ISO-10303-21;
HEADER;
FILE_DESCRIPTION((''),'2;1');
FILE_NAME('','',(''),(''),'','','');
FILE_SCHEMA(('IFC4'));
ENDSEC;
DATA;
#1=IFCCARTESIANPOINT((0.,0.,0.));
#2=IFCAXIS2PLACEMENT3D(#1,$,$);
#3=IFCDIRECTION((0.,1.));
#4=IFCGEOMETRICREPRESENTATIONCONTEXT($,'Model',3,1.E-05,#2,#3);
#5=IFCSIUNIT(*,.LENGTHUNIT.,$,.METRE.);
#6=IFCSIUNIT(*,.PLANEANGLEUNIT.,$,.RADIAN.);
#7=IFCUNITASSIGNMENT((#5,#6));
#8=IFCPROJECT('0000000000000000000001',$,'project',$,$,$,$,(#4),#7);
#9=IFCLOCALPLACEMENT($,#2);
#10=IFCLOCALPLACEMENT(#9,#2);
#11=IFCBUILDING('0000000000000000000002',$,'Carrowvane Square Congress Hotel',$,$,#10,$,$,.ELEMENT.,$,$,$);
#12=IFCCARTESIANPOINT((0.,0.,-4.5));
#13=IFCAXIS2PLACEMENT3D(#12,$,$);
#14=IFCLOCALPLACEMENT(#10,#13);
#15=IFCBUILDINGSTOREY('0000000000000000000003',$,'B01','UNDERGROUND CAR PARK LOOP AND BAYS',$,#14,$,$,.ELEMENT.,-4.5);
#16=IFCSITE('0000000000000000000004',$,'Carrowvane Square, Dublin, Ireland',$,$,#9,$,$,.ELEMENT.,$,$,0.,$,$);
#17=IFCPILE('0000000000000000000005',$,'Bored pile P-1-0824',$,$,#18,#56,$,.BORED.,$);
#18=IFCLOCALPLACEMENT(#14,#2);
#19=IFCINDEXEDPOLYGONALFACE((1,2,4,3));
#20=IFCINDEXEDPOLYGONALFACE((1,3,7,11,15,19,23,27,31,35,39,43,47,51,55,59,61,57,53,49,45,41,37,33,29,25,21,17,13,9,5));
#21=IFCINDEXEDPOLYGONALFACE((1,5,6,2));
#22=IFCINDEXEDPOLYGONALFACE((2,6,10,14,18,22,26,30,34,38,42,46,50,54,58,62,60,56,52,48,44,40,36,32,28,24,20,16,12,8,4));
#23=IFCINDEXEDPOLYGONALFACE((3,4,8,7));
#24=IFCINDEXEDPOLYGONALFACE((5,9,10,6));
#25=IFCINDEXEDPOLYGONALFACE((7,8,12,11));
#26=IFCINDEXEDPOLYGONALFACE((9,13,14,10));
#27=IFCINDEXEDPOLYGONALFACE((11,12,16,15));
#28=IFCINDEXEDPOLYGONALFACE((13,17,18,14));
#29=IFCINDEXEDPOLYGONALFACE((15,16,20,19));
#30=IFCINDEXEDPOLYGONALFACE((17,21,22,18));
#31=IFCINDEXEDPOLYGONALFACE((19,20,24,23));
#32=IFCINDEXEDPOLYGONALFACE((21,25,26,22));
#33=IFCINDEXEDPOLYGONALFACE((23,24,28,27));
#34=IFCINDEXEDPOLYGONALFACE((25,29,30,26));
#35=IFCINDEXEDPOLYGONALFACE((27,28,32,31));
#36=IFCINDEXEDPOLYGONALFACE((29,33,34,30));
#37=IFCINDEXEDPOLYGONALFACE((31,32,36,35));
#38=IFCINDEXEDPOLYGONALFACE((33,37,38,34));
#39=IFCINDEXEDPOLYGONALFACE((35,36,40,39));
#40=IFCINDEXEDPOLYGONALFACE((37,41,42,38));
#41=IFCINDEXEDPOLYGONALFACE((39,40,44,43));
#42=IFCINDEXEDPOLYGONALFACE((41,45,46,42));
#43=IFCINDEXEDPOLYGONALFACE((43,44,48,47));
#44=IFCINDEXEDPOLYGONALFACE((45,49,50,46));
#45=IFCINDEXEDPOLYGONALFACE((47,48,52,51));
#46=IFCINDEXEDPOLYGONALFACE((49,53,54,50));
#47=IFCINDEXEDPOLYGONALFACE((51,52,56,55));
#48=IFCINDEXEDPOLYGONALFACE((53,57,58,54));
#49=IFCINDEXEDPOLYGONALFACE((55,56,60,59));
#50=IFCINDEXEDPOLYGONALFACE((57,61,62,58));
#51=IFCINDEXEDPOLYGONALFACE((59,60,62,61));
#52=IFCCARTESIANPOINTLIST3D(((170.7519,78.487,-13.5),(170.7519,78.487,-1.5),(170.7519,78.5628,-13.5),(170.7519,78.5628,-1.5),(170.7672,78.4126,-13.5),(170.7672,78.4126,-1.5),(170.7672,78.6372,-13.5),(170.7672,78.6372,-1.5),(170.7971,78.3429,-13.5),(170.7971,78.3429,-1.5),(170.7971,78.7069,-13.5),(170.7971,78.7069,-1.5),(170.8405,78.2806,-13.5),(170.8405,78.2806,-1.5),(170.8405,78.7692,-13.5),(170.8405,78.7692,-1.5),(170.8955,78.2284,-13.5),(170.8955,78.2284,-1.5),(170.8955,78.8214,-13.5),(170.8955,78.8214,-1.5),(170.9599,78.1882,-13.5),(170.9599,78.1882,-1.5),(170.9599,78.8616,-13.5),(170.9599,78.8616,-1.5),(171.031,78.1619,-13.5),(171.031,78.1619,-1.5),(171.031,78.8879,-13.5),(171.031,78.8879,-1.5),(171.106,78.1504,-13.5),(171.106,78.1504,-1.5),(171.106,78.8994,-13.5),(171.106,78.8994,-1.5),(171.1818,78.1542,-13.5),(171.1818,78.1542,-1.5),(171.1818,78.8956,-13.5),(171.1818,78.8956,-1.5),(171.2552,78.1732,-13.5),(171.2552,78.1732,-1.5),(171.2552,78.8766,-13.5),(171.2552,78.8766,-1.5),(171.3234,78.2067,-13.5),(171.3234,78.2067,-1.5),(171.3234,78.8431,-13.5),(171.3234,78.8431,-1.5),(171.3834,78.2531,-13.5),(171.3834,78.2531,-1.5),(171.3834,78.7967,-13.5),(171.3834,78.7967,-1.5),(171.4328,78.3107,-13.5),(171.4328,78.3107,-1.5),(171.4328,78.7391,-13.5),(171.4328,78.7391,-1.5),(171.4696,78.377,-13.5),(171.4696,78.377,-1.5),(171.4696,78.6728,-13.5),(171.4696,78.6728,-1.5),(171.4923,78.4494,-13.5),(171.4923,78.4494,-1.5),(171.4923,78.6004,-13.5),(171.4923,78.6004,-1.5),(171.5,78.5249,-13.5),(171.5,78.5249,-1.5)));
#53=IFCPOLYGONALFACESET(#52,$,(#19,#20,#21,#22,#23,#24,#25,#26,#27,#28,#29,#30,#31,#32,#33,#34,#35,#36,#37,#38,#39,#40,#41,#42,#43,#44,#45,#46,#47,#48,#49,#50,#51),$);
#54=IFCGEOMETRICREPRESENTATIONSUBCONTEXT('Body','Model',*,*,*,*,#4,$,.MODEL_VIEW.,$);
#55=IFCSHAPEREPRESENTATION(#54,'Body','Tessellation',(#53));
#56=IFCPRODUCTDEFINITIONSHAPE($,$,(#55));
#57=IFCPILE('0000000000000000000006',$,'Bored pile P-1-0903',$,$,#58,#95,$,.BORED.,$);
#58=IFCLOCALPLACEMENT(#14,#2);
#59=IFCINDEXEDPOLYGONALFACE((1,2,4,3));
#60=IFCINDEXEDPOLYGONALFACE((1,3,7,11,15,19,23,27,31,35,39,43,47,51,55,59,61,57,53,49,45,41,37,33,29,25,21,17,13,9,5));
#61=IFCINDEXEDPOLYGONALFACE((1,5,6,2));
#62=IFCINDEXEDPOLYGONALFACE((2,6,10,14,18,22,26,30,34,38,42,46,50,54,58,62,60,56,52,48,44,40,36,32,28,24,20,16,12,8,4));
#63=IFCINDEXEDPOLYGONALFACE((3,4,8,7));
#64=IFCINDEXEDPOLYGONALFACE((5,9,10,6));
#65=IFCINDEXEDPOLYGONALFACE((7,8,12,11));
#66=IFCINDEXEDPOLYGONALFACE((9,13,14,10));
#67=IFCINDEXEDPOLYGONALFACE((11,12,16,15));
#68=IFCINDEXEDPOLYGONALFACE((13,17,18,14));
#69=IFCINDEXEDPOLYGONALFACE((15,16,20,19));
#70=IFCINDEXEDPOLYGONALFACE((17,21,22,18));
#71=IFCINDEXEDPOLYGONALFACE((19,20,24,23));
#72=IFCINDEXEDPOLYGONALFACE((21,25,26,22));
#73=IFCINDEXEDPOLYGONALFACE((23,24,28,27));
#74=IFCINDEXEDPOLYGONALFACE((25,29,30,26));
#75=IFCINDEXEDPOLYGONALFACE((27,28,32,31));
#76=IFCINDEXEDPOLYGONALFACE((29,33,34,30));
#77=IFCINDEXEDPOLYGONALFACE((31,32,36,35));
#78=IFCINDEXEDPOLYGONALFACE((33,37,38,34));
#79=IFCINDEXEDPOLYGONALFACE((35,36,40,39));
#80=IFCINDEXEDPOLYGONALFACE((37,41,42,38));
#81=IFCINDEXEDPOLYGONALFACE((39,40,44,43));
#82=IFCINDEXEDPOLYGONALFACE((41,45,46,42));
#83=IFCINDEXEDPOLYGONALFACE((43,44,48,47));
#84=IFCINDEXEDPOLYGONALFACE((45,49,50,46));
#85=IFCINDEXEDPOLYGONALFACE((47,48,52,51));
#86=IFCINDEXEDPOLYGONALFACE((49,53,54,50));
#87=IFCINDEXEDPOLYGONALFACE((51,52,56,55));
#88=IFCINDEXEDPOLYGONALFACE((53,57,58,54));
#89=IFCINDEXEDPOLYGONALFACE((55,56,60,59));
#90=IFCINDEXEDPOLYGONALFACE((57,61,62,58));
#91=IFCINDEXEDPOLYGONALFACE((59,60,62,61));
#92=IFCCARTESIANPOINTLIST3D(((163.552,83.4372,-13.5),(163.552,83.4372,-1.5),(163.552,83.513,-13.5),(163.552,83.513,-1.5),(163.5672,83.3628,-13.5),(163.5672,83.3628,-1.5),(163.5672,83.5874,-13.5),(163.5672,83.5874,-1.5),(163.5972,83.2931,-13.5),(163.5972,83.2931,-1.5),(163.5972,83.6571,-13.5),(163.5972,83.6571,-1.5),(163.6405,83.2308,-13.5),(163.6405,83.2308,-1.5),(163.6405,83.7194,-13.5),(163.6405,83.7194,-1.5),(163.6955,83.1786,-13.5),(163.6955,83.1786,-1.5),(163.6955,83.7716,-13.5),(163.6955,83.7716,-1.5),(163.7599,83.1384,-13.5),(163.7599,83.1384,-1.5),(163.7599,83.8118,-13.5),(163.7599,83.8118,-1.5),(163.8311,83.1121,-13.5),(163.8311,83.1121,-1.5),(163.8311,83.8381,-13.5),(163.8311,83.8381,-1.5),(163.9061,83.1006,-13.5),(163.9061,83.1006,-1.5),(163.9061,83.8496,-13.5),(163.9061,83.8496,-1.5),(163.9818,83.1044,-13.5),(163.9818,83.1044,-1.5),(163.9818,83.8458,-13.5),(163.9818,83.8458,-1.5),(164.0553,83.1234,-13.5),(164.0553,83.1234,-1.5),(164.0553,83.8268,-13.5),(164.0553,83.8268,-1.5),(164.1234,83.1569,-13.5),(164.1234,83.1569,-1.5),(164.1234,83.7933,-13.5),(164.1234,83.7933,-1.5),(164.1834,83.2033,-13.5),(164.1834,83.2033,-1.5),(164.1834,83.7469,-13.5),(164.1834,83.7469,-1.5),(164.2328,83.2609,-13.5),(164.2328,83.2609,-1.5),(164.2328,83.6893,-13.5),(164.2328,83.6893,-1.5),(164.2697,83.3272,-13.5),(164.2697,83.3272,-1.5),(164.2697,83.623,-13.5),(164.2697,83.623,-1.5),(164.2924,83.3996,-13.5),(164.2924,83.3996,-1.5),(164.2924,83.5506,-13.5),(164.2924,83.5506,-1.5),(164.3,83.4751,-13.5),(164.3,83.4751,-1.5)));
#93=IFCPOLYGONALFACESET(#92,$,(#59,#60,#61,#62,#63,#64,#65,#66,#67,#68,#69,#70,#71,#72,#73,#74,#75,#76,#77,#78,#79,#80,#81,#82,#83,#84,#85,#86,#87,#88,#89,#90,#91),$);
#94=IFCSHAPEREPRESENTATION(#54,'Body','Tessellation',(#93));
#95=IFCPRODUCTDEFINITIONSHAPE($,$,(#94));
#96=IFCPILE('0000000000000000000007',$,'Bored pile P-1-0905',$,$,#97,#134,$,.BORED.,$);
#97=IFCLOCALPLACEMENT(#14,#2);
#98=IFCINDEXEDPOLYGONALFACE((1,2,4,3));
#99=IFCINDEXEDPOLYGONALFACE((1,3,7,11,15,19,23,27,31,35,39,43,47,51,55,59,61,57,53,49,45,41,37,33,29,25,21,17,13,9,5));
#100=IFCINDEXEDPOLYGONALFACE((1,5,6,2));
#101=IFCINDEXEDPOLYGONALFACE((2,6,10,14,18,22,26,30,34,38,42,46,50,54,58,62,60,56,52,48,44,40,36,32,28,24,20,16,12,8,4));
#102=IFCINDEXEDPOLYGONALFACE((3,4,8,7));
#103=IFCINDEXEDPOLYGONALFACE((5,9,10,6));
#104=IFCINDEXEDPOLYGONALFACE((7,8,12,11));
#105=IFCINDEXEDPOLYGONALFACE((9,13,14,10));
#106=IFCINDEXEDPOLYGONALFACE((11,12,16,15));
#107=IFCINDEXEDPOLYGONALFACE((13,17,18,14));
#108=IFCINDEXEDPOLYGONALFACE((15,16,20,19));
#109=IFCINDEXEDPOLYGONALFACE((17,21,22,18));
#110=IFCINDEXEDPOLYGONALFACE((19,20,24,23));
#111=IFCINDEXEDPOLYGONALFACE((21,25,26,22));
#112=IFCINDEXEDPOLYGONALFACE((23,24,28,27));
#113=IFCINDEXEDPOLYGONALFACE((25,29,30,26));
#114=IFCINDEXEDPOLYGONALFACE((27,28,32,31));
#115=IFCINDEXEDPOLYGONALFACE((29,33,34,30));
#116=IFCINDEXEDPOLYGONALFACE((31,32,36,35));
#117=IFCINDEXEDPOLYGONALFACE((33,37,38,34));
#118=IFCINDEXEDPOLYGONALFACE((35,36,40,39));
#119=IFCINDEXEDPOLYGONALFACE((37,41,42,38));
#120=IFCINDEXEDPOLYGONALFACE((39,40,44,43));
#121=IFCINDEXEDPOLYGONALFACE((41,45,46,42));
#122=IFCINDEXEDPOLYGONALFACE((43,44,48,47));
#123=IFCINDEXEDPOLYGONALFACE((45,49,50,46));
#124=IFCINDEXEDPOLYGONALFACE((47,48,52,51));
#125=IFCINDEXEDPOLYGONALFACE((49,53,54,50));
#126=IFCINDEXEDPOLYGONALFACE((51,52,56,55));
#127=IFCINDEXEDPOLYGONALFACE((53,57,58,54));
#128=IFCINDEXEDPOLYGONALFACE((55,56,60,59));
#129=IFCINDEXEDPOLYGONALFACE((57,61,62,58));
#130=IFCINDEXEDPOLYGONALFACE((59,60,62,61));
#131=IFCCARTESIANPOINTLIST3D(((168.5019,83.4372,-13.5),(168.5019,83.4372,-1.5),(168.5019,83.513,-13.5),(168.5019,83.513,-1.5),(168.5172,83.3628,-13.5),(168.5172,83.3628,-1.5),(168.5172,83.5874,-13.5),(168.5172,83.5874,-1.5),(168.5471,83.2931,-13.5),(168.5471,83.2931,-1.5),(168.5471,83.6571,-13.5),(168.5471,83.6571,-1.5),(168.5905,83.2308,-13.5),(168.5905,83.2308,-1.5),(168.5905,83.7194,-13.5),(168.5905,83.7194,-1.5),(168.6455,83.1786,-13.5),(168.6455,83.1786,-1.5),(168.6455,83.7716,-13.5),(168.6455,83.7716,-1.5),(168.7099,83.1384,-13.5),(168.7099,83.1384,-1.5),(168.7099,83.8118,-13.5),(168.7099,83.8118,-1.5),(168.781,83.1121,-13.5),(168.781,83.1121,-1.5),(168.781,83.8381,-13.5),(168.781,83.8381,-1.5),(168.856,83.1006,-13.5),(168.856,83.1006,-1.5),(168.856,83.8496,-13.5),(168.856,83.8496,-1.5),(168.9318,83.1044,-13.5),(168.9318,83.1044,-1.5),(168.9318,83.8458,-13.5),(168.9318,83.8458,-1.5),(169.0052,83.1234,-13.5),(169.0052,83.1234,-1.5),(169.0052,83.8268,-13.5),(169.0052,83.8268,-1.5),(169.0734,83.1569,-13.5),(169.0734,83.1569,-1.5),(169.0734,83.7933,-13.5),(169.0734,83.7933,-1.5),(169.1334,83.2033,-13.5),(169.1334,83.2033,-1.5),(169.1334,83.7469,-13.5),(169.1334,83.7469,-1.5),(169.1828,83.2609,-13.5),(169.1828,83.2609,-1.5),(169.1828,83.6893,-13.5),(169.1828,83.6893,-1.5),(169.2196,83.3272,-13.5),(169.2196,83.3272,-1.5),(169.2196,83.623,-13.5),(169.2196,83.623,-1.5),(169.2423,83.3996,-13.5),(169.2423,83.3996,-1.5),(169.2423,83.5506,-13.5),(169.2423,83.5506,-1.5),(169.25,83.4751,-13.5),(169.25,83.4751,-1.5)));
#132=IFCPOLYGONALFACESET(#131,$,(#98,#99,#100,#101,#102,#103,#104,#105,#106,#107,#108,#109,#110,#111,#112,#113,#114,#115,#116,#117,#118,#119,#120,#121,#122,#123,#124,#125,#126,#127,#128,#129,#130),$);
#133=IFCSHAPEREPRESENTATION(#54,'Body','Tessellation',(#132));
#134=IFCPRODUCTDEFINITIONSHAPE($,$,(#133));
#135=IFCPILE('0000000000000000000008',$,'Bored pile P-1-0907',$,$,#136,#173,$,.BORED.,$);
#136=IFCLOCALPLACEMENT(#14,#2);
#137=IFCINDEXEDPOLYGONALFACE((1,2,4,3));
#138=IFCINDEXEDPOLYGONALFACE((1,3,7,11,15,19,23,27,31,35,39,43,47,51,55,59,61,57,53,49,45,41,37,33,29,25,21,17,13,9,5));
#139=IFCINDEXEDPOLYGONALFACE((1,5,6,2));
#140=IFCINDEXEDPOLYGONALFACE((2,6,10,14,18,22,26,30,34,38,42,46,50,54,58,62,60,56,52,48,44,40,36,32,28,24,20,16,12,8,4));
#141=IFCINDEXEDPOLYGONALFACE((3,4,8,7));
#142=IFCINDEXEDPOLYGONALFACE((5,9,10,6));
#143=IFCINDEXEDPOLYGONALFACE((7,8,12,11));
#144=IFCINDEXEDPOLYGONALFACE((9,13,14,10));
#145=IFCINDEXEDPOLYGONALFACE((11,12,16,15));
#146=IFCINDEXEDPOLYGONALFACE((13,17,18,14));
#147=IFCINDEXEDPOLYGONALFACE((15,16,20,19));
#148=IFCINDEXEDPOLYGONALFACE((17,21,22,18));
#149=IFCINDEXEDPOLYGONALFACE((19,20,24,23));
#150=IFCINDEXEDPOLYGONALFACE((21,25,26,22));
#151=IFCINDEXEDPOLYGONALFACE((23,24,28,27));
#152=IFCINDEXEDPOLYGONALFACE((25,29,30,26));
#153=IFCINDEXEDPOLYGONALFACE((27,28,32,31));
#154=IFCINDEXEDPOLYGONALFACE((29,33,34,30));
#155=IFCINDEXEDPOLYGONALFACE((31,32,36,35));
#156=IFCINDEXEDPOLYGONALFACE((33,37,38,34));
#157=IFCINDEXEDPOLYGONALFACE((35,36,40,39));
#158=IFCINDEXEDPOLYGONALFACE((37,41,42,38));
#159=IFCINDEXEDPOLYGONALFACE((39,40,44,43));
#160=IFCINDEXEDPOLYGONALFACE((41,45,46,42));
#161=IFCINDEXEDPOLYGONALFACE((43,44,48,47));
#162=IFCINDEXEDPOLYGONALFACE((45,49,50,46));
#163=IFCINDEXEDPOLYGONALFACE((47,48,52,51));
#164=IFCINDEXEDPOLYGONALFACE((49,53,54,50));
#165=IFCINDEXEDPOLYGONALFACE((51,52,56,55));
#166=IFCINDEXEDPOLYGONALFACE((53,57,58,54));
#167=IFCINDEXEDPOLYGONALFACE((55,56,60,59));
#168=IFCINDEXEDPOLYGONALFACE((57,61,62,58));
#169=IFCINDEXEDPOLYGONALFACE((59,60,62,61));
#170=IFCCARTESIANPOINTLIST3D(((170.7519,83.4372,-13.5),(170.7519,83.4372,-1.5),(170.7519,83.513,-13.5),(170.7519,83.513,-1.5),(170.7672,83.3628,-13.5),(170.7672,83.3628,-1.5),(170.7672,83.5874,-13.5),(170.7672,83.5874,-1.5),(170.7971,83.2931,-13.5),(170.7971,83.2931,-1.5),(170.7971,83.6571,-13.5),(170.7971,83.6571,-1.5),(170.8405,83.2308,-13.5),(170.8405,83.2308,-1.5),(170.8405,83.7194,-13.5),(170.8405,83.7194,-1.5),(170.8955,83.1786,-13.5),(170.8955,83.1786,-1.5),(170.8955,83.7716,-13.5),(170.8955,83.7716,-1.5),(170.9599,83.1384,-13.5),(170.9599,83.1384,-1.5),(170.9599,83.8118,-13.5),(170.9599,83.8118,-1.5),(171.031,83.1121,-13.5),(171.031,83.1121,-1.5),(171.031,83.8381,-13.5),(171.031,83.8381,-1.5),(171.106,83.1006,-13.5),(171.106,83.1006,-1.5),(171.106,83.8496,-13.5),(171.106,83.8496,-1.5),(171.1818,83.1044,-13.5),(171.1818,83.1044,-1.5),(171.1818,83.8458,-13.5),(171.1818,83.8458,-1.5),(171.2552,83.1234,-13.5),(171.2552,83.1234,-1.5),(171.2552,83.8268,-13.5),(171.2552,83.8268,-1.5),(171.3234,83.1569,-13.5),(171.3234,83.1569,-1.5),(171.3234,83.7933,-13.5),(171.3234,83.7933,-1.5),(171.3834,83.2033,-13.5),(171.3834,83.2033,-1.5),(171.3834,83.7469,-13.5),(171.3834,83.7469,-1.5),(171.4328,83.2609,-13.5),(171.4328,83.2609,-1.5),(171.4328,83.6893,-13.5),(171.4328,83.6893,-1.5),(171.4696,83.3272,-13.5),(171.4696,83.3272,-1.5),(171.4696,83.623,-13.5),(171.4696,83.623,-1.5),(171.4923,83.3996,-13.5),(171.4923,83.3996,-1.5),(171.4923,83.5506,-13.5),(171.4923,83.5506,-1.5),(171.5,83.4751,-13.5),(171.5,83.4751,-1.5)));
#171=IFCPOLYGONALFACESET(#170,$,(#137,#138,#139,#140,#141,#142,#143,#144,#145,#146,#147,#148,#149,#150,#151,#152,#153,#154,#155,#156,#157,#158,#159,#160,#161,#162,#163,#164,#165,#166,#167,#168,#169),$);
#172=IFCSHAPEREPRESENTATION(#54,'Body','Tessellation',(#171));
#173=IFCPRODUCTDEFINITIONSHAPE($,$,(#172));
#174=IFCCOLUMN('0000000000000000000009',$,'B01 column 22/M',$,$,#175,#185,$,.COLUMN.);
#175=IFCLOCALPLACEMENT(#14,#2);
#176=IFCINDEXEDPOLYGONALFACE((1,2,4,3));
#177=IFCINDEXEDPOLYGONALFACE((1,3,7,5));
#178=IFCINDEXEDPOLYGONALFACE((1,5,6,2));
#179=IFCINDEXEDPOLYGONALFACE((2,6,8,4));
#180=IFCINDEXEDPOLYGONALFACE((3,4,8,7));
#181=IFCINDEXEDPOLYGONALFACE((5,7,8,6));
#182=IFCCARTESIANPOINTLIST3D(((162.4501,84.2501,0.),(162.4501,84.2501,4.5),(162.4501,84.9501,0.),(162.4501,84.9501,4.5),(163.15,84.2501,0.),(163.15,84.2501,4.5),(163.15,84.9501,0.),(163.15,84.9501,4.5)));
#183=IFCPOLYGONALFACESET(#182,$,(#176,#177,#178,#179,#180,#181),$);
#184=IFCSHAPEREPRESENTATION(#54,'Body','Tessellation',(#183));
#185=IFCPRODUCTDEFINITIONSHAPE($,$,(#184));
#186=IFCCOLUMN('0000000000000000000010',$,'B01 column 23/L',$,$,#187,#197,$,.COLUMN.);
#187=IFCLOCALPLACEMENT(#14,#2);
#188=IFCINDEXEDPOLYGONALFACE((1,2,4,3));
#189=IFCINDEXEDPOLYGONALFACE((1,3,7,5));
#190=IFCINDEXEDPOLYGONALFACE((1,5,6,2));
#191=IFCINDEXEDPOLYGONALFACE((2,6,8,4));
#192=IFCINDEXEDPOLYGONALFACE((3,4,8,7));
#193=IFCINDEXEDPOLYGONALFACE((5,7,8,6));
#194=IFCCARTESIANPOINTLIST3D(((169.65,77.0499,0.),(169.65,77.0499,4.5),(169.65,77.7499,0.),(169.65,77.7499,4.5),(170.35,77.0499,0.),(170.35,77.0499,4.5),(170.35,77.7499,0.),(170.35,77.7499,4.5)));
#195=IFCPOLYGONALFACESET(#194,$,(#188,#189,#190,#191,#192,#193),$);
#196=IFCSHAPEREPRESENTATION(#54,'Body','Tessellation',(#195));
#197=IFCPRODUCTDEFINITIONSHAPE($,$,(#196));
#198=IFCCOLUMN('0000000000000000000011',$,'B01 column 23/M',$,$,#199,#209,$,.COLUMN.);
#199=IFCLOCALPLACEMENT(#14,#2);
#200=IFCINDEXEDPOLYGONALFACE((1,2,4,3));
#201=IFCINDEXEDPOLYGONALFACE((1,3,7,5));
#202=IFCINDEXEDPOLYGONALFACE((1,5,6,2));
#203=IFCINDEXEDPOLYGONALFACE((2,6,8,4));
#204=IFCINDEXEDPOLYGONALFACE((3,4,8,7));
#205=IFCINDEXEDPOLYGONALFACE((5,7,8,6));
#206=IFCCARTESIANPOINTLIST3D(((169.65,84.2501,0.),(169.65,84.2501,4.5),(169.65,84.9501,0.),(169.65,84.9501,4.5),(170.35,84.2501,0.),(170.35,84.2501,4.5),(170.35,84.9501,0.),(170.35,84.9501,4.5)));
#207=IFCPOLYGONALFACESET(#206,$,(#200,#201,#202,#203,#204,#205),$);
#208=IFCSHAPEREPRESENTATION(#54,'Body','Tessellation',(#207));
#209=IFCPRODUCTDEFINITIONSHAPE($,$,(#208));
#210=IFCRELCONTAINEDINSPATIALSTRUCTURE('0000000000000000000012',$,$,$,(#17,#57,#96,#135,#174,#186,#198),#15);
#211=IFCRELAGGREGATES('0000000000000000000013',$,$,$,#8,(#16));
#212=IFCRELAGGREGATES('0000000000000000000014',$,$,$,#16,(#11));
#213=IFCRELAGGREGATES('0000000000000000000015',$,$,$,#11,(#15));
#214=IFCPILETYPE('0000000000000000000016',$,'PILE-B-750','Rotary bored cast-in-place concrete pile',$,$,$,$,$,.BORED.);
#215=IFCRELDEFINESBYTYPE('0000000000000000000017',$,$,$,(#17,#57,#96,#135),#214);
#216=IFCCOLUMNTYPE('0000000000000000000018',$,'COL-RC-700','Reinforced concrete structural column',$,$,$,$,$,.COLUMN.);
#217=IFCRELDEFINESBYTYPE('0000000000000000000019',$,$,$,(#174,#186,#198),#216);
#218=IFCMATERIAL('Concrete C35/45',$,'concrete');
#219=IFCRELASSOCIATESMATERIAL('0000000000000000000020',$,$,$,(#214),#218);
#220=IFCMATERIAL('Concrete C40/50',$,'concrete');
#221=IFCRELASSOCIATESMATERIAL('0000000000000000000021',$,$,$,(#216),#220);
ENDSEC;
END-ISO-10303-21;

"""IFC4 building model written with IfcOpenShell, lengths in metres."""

from ifc_helpers import new_model, si_unit, direction, frame, origin, origin_2d, place, context, subcontext, project, spatial, rectangle, circle, extrude, material, material_profile, profile_set, type_object, element, save


model = new_model("IFC4")

# Units and contexts
model_context = context("Model", 3, precision=1e-05, world=origin(), true_north=direction((0.0, 1.0)))
body_context = subcontext(model_context, "Body", "Model", "MODEL_VIEW")
ifc_project = project(units=[si_unit("LENGTHUNIT", "METRE"), si_unit("PLANEANGLEUNIT", "RADIAN")], contexts=[model_context])

# Site, building, storey
site_placement = place(None, origin())
site = spatial("IfcSite", under=ifc_project, at=site_placement, Name="Carrowvane Square, Dublin, Ireland", CompositionType="ELEMENT", RefElevation=0.0)
building_placement = place(site_placement, origin())
building = spatial("IfcBuilding", under=site, at=building_placement, Name="Carrowvane Square Congress Hotel", CompositionType="ELEMENT")
storey_placement = place(building_placement, frame((0.0, 0.0, -4.5)))
storey = spatial("IfcBuildingStorey", under=building, at=storey_placement, Name="B01", Description="UNDERGROUND CAR PARK LOOP AND BAYS", CompositionType="ELEMENT", Elevation=-4.5)

# Piles
ifc_material_1 = material(Name="Concrete C35/45", Category="concrete")
ifc_material_profile_1 = material_profile(ifc_material_1, circle(Radius=0.375, at=origin_2d()), Name="PILE D750")
ifc_profile_set_1 = profile_set([ifc_material_profile_1], Name="Concrete C35/45")
pile_type = type_object("IfcPileType", Name="PILE-B-750", Description="Rotary bored cast-in-place concrete pile", PredefinedType="BORED", material=ifc_profile_set_1)
for number, where, z_axis, x_axis, name in (
    (1, (171.125, 78.5249, -1.5), (0.0, 0.0, -1.0), (1.0, 0.0, 0.0), "Bored pile P-1-0824"),
    (2, (163.925, 83.4751, -1.5), (0.0, 0.0, -1.0), (1.0, 0.0, 0.0), "Bored pile P-1-0903"),
    (3, (168.875, 83.4751, -1.5), (0.0, 0.0, -1.0), (1.0, 0.0, 0.0), "Bored pile P-1-0905"),
    (4, (171.125, 83.4751, -1.5), (0.0, 0.0, -1.0), (1.0, 0.0, 0.0), "Bored pile P-1-0907"),
):
    element("IfcPile", number, at=place(storey_placement, frame(where, z_axis=z_axis, x_axis=x_axis)), inside=storey, type_object=pile_type, Name=name, PredefinedType="BORED", context=body_context, shape_type="SweptSolid", body=[
        extrude(circle(Radius=0.375, at=origin_2d()), origin(), (0.0, 0.0, 1.0), 12.0),
    ])

# Columns
ifc_material_2 = material(Name="Concrete C40/50", Category="concrete")
ifc_material_profile_2 = material_profile(ifc_material_2, rectangle(XDim=0.7, YDim=0.7, at=origin_2d()), Name="RC 700x700")
ifc_profile_set_2 = profile_set([ifc_material_profile_2], Name="Concrete C40/50")
column_type = type_object("IfcColumnType", Name="COL-RC-700", Description="Reinforced concrete structural column", PredefinedType="COLUMN", material=ifc_profile_set_2)
for number, where, z_axis, x_axis, name in (
    (5, (162.8, 84.6001, 0.0), (0.0, 0.0, 1.0), (1.0, 0.0, 0.0), "B01 column 22/M"),
    (6, (170.0, 77.3999, 0.0), (0.0, 0.0, 1.0), (1.0, 0.0, 0.0), "B01 column 23/L"),
    (7, (170.0, 84.6001, 0.0), (0.0, 0.0, 1.0), (1.0, 0.0, 0.0), "B01 column 23/M"),
):
    element("IfcColumn", number, at=place(storey_placement, frame(where, z_axis=z_axis, x_axis=x_axis)), inside=storey, type_object=column_type, Name=name, PredefinedType="COLUMN", context=body_context, shape_type="SweptSolid", body=[
        extrude(rectangle(XDim=0.7, YDim=0.7, at=origin_2d()), origin(), (0.0, 0.0, 1.0), 4.5),
    ])

save(model, "model.ifc")
